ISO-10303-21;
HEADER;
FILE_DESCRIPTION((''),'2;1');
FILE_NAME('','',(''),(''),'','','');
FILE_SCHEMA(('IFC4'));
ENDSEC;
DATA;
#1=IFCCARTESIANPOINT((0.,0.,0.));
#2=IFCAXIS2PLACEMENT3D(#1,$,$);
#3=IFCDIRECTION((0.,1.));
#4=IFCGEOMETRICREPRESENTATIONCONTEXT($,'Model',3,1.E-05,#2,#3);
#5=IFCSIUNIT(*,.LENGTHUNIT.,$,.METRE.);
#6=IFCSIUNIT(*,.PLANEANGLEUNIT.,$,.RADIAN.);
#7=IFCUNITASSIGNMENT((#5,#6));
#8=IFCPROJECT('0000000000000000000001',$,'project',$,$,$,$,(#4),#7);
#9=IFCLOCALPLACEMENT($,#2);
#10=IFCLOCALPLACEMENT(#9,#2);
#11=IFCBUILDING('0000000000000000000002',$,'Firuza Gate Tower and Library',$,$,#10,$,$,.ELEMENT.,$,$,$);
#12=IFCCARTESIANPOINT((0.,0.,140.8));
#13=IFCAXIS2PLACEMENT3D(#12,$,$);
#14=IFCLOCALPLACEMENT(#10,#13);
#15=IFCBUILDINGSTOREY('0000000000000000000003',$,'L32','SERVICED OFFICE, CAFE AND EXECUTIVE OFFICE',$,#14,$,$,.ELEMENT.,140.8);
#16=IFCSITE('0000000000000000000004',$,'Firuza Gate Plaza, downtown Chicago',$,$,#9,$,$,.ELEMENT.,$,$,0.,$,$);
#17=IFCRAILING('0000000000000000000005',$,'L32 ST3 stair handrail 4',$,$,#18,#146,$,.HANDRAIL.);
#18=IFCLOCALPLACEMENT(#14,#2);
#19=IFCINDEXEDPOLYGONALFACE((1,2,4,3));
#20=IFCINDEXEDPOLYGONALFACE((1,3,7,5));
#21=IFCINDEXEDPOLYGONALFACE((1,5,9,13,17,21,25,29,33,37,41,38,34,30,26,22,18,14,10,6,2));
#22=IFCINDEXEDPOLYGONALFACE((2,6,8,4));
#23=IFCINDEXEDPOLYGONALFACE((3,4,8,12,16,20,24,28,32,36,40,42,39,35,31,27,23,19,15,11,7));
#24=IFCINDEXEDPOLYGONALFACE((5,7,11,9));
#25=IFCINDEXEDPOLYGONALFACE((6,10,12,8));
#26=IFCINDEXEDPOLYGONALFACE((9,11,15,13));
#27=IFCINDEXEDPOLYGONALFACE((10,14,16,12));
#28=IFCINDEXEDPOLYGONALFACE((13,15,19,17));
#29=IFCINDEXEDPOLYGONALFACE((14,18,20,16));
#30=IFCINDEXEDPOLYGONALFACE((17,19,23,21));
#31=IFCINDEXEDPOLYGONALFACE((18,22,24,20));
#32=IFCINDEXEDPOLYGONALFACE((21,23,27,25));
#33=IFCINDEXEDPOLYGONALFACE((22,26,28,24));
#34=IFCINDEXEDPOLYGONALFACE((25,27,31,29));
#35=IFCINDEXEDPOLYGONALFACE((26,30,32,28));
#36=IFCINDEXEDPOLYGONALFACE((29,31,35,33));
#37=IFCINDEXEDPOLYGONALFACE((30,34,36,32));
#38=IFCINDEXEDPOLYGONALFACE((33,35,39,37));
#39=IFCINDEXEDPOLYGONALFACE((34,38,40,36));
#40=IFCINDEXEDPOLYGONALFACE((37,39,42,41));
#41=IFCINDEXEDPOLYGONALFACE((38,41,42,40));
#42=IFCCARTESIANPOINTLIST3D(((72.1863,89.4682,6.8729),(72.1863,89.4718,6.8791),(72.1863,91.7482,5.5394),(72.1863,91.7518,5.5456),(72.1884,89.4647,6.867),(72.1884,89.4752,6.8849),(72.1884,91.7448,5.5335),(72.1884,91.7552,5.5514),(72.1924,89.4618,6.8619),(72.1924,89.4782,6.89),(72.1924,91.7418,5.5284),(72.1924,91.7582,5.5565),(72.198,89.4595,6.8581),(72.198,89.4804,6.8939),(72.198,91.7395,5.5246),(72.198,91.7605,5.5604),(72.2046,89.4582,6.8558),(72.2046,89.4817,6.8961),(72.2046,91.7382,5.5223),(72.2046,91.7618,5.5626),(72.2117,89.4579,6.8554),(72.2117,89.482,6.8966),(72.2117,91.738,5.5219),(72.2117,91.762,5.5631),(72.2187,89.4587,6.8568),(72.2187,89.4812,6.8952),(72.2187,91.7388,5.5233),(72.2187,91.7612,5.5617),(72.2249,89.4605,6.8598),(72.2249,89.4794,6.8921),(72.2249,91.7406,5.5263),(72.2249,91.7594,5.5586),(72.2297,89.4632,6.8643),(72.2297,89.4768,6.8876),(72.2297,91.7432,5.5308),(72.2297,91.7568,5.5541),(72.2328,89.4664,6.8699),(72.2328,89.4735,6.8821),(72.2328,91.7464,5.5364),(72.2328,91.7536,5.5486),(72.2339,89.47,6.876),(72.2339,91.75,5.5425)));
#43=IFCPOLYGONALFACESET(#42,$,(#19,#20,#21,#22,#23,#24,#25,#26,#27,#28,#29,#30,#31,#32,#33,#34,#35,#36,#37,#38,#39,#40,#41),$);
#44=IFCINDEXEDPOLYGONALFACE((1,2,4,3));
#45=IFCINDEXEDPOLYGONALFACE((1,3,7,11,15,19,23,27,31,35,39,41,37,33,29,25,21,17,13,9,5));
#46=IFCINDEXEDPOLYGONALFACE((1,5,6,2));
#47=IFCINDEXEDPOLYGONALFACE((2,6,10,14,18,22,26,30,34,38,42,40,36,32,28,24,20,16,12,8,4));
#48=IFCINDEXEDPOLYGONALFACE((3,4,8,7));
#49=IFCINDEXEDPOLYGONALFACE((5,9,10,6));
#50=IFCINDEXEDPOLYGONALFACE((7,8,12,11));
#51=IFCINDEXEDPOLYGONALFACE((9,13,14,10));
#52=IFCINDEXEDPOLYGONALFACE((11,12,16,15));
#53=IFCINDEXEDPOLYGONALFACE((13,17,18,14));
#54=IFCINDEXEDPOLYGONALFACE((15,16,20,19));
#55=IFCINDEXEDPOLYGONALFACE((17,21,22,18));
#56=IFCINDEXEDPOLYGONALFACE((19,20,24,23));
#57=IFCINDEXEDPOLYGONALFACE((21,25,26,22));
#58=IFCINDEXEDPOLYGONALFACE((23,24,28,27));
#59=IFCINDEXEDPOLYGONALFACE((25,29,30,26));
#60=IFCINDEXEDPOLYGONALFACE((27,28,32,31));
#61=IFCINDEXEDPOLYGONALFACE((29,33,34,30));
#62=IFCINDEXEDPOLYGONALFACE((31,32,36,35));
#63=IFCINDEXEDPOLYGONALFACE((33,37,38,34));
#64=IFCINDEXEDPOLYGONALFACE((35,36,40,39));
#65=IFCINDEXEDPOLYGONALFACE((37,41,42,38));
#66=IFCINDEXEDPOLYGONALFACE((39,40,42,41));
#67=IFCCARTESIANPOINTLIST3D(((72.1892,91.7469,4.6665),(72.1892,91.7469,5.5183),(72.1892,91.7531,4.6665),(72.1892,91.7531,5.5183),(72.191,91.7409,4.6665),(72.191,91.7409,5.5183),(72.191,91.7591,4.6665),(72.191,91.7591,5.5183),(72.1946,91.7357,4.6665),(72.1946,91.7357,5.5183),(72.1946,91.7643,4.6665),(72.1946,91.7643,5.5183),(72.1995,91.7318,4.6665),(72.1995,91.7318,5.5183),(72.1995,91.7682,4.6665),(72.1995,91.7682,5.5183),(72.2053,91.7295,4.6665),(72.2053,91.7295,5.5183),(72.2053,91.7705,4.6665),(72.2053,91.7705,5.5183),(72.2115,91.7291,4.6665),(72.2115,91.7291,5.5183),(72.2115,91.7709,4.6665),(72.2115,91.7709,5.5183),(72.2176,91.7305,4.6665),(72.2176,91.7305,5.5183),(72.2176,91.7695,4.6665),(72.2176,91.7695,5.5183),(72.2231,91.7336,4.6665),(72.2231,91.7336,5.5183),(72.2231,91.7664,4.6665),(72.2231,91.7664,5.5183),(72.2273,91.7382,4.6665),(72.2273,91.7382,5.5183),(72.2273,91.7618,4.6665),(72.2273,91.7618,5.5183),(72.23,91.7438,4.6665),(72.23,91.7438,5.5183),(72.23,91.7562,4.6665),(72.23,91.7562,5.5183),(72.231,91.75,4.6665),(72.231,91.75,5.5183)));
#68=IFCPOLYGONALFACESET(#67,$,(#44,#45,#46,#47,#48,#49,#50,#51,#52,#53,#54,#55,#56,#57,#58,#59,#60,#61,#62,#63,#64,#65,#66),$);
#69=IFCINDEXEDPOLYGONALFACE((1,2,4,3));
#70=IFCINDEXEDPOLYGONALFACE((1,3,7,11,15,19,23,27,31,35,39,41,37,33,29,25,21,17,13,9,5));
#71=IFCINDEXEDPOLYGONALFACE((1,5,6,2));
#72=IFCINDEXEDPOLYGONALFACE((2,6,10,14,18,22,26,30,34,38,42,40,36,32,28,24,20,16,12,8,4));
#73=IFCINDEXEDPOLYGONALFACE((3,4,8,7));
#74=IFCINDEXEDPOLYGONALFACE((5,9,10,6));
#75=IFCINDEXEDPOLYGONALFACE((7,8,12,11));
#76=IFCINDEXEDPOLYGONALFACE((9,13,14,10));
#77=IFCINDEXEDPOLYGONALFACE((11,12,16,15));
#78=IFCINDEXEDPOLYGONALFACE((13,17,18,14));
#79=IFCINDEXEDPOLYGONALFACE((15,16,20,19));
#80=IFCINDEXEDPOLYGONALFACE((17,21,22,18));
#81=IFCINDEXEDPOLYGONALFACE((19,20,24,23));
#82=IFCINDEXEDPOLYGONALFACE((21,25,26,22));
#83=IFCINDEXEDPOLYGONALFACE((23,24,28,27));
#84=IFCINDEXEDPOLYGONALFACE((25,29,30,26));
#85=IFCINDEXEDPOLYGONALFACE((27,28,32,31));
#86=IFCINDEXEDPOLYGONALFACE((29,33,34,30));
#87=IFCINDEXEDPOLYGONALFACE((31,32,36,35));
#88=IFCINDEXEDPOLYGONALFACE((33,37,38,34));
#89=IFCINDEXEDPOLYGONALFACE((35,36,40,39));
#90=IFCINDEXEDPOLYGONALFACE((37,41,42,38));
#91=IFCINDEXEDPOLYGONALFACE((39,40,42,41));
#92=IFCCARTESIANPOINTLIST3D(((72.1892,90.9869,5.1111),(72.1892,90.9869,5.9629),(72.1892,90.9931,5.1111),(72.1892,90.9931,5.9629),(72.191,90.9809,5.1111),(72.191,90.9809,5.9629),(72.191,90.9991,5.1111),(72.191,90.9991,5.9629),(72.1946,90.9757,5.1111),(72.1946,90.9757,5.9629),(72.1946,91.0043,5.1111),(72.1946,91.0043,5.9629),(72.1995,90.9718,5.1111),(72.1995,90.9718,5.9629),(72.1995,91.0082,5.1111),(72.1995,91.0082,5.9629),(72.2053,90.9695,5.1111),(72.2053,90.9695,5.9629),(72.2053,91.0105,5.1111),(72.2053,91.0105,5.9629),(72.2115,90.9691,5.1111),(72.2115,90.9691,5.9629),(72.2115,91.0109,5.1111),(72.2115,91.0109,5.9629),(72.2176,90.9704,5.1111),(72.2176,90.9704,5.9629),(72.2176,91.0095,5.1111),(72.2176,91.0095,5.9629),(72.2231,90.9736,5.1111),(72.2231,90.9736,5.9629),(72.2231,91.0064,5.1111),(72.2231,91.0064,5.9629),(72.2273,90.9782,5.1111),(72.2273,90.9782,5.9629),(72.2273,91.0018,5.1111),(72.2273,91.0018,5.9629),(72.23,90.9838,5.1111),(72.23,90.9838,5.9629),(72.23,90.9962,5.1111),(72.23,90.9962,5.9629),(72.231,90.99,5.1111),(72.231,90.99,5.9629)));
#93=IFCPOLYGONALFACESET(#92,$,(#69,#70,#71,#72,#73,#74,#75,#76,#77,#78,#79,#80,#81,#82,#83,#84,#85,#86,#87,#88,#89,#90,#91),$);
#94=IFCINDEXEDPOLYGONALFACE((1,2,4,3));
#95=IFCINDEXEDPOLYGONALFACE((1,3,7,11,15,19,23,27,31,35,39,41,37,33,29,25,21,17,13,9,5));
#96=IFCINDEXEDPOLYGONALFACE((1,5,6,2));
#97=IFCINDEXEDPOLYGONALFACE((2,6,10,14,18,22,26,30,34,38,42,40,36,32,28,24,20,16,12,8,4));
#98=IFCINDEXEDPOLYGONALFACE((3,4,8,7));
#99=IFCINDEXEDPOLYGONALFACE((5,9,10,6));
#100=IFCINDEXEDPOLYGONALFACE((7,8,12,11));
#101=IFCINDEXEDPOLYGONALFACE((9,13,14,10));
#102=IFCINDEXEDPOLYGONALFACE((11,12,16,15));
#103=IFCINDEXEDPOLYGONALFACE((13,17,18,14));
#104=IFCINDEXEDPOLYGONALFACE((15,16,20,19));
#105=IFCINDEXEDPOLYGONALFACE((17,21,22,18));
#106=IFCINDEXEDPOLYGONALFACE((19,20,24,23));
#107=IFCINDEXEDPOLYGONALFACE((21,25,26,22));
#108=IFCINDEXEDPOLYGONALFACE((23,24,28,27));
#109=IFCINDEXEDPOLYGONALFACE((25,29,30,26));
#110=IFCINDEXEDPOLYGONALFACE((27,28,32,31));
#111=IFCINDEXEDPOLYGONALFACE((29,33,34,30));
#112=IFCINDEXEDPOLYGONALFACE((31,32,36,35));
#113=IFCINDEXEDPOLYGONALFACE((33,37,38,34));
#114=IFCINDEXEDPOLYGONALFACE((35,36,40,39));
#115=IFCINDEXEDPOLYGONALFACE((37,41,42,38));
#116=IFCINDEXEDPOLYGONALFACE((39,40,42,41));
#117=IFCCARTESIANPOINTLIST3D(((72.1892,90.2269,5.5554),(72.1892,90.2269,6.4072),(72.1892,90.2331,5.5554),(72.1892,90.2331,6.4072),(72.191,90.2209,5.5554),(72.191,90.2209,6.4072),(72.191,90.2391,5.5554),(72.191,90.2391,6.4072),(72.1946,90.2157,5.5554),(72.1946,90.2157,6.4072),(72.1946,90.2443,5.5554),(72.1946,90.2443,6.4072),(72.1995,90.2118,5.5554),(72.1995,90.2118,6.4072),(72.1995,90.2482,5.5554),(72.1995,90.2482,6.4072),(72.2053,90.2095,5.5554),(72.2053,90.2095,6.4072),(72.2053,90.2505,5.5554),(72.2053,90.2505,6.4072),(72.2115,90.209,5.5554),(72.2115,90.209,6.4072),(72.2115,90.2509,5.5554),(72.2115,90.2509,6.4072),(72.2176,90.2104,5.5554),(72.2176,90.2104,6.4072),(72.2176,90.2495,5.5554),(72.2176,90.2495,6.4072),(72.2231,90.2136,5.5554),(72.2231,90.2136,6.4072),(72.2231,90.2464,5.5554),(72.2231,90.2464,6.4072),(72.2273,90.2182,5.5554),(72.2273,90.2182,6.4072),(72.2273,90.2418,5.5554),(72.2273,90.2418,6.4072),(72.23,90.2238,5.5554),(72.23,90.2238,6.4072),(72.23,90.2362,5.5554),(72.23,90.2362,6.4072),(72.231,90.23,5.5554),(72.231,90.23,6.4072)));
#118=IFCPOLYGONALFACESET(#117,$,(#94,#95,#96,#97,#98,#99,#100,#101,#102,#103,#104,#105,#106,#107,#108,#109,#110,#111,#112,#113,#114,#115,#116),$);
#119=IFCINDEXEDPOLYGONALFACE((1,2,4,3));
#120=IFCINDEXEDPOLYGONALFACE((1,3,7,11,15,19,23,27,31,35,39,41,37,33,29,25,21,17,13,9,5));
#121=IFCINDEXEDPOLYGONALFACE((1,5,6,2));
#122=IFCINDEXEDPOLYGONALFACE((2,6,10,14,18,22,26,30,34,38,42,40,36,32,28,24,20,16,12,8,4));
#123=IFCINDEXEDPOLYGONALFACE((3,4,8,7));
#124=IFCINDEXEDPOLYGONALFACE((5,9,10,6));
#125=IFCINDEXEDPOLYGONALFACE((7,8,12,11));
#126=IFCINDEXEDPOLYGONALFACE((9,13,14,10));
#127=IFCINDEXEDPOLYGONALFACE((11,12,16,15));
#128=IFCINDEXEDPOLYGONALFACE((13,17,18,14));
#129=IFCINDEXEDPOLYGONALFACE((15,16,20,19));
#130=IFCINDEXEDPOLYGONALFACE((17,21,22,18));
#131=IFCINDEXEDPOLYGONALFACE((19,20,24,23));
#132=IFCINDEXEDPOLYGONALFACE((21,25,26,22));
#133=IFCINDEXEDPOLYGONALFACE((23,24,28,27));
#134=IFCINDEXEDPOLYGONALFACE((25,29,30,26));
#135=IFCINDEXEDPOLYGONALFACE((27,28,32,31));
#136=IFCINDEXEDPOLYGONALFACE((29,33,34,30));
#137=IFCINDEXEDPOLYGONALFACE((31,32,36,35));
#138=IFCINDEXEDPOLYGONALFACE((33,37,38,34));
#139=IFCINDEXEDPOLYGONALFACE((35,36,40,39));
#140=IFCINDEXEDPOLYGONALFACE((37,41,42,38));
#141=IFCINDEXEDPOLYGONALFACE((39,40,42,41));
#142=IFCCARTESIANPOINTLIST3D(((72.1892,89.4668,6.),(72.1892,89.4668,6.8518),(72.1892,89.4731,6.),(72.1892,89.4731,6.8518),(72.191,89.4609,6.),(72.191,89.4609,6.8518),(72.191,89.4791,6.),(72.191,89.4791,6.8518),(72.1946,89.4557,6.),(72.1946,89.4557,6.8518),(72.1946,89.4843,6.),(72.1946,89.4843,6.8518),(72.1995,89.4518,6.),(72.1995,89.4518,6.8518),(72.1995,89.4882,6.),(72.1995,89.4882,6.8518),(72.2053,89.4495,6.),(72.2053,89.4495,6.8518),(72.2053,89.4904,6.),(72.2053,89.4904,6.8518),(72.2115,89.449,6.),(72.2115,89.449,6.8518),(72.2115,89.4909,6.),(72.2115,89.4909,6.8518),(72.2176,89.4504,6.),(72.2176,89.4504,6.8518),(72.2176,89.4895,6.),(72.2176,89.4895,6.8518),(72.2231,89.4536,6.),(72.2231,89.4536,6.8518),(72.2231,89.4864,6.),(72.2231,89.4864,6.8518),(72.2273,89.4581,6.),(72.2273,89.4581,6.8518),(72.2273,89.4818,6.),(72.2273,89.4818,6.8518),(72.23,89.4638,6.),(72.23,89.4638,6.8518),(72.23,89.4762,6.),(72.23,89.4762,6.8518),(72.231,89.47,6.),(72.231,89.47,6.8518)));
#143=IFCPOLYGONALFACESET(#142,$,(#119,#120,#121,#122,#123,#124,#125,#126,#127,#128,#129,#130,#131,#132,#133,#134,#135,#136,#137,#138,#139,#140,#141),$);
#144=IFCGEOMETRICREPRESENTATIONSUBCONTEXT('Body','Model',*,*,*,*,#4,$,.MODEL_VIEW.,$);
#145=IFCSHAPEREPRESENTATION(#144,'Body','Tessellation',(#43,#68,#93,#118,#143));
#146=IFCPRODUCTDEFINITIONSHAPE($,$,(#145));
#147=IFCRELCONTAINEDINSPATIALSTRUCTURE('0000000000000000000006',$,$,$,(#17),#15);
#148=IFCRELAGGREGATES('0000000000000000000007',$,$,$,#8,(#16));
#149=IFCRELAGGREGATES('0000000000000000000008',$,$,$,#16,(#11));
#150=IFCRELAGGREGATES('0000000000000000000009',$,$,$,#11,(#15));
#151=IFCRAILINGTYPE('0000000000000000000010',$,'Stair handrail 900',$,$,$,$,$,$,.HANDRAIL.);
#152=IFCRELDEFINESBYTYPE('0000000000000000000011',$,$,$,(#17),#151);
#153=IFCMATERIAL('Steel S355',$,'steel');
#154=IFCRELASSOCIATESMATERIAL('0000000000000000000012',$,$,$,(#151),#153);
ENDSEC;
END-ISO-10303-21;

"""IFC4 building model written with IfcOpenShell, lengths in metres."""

from ifc_helpers import new_model, si_unit, direction, frame, origin, origin_2d, place, context, subcontext, project, spatial, circle, extrude, material, type_object, element, save


model = new_model("IFC4")

# Units and contexts
model_context = context("Model", 3, precision=1e-05, world=origin(), true_north=direction((0.0, 1.0)))
body_context = subcontext(model_context, "Body", "Model", "MODEL_VIEW")
ifc_project = project(units=[si_unit("LENGTHUNIT", "METRE"), si_unit("PLANEANGLEUNIT", "RADIAN")], contexts=[model_context])

# Site, building, storey
site_placement = place(None, origin())
site = spatial("IfcSite", under=ifc_project, at=site_placement, Name="Firuza Gate Plaza, downtown Chicago", CompositionType="ELEMENT", RefElevation=0.0)
building_placement = place(site_placement, origin())
building = spatial("IfcBuilding", under=site, at=building_placement, Name="Firuza Gate Tower and Library", CompositionType="ELEMENT")
storey_placement = place(building_placement, frame((0.0, 0.0, 140.8)))
storey = spatial("IfcBuildingStorey", under=building, at=storey_placement, Name="L32", Description="SERVICED OFFICE, CAFE AND EXECUTIVE OFFICE", CompositionType="ELEMENT", Elevation=140.8)

# Railing
ifc_material_1 = material(Name="Steel S355", Category="steel")
railing_type_1 = type_object("IfcRailingType", Name="Stair handrail 900", PredefinedType="HANDRAIL", material=ifc_material_1)
for number, where, name in (
    (1, (72.21, 91.75, 4.6665), "L32 ST3 stair handrail 4"),
):
    element("IfcRailing", number, at=place(storey_placement, frame(where)), inside=storey, type_object=railing_type_1, Name=name, PredefinedType="HANDRAIL", context=body_context, shape_type="SweptSolid", body=[
        extrude(circle(Radius=0.0239, at=origin_2d()), frame((0.0, 0.0, 0.876), z_axis=(0.0, -0.863205, 0.504853), x_axis=(1.0, 0.0, 0.0)), (0.0, 0.0, 1.0), 2.6414),
        extrude(circle(Radius=0.021, at=origin_2d()), origin(), (0.0, 0.0, 1.0), 0.8518),
        extrude(circle(Radius=0.021, at=origin_2d()), frame((0.0, -0.76, 0.4446)), (0.0, 0.0, 1.0), 0.8518),
        extrude(circle(Radius=0.021, at=origin_2d()), frame((0.0, -1.52, 0.8889)), (0.0, 0.0, 1.0), 0.8518),
        extrude(circle(Radius=0.021, at=origin_2d()), frame((0.0, -2.28, 1.3335)), (0.0, 0.0, 1.0), 0.8518),
    ])

save(model, "model.ifc")
